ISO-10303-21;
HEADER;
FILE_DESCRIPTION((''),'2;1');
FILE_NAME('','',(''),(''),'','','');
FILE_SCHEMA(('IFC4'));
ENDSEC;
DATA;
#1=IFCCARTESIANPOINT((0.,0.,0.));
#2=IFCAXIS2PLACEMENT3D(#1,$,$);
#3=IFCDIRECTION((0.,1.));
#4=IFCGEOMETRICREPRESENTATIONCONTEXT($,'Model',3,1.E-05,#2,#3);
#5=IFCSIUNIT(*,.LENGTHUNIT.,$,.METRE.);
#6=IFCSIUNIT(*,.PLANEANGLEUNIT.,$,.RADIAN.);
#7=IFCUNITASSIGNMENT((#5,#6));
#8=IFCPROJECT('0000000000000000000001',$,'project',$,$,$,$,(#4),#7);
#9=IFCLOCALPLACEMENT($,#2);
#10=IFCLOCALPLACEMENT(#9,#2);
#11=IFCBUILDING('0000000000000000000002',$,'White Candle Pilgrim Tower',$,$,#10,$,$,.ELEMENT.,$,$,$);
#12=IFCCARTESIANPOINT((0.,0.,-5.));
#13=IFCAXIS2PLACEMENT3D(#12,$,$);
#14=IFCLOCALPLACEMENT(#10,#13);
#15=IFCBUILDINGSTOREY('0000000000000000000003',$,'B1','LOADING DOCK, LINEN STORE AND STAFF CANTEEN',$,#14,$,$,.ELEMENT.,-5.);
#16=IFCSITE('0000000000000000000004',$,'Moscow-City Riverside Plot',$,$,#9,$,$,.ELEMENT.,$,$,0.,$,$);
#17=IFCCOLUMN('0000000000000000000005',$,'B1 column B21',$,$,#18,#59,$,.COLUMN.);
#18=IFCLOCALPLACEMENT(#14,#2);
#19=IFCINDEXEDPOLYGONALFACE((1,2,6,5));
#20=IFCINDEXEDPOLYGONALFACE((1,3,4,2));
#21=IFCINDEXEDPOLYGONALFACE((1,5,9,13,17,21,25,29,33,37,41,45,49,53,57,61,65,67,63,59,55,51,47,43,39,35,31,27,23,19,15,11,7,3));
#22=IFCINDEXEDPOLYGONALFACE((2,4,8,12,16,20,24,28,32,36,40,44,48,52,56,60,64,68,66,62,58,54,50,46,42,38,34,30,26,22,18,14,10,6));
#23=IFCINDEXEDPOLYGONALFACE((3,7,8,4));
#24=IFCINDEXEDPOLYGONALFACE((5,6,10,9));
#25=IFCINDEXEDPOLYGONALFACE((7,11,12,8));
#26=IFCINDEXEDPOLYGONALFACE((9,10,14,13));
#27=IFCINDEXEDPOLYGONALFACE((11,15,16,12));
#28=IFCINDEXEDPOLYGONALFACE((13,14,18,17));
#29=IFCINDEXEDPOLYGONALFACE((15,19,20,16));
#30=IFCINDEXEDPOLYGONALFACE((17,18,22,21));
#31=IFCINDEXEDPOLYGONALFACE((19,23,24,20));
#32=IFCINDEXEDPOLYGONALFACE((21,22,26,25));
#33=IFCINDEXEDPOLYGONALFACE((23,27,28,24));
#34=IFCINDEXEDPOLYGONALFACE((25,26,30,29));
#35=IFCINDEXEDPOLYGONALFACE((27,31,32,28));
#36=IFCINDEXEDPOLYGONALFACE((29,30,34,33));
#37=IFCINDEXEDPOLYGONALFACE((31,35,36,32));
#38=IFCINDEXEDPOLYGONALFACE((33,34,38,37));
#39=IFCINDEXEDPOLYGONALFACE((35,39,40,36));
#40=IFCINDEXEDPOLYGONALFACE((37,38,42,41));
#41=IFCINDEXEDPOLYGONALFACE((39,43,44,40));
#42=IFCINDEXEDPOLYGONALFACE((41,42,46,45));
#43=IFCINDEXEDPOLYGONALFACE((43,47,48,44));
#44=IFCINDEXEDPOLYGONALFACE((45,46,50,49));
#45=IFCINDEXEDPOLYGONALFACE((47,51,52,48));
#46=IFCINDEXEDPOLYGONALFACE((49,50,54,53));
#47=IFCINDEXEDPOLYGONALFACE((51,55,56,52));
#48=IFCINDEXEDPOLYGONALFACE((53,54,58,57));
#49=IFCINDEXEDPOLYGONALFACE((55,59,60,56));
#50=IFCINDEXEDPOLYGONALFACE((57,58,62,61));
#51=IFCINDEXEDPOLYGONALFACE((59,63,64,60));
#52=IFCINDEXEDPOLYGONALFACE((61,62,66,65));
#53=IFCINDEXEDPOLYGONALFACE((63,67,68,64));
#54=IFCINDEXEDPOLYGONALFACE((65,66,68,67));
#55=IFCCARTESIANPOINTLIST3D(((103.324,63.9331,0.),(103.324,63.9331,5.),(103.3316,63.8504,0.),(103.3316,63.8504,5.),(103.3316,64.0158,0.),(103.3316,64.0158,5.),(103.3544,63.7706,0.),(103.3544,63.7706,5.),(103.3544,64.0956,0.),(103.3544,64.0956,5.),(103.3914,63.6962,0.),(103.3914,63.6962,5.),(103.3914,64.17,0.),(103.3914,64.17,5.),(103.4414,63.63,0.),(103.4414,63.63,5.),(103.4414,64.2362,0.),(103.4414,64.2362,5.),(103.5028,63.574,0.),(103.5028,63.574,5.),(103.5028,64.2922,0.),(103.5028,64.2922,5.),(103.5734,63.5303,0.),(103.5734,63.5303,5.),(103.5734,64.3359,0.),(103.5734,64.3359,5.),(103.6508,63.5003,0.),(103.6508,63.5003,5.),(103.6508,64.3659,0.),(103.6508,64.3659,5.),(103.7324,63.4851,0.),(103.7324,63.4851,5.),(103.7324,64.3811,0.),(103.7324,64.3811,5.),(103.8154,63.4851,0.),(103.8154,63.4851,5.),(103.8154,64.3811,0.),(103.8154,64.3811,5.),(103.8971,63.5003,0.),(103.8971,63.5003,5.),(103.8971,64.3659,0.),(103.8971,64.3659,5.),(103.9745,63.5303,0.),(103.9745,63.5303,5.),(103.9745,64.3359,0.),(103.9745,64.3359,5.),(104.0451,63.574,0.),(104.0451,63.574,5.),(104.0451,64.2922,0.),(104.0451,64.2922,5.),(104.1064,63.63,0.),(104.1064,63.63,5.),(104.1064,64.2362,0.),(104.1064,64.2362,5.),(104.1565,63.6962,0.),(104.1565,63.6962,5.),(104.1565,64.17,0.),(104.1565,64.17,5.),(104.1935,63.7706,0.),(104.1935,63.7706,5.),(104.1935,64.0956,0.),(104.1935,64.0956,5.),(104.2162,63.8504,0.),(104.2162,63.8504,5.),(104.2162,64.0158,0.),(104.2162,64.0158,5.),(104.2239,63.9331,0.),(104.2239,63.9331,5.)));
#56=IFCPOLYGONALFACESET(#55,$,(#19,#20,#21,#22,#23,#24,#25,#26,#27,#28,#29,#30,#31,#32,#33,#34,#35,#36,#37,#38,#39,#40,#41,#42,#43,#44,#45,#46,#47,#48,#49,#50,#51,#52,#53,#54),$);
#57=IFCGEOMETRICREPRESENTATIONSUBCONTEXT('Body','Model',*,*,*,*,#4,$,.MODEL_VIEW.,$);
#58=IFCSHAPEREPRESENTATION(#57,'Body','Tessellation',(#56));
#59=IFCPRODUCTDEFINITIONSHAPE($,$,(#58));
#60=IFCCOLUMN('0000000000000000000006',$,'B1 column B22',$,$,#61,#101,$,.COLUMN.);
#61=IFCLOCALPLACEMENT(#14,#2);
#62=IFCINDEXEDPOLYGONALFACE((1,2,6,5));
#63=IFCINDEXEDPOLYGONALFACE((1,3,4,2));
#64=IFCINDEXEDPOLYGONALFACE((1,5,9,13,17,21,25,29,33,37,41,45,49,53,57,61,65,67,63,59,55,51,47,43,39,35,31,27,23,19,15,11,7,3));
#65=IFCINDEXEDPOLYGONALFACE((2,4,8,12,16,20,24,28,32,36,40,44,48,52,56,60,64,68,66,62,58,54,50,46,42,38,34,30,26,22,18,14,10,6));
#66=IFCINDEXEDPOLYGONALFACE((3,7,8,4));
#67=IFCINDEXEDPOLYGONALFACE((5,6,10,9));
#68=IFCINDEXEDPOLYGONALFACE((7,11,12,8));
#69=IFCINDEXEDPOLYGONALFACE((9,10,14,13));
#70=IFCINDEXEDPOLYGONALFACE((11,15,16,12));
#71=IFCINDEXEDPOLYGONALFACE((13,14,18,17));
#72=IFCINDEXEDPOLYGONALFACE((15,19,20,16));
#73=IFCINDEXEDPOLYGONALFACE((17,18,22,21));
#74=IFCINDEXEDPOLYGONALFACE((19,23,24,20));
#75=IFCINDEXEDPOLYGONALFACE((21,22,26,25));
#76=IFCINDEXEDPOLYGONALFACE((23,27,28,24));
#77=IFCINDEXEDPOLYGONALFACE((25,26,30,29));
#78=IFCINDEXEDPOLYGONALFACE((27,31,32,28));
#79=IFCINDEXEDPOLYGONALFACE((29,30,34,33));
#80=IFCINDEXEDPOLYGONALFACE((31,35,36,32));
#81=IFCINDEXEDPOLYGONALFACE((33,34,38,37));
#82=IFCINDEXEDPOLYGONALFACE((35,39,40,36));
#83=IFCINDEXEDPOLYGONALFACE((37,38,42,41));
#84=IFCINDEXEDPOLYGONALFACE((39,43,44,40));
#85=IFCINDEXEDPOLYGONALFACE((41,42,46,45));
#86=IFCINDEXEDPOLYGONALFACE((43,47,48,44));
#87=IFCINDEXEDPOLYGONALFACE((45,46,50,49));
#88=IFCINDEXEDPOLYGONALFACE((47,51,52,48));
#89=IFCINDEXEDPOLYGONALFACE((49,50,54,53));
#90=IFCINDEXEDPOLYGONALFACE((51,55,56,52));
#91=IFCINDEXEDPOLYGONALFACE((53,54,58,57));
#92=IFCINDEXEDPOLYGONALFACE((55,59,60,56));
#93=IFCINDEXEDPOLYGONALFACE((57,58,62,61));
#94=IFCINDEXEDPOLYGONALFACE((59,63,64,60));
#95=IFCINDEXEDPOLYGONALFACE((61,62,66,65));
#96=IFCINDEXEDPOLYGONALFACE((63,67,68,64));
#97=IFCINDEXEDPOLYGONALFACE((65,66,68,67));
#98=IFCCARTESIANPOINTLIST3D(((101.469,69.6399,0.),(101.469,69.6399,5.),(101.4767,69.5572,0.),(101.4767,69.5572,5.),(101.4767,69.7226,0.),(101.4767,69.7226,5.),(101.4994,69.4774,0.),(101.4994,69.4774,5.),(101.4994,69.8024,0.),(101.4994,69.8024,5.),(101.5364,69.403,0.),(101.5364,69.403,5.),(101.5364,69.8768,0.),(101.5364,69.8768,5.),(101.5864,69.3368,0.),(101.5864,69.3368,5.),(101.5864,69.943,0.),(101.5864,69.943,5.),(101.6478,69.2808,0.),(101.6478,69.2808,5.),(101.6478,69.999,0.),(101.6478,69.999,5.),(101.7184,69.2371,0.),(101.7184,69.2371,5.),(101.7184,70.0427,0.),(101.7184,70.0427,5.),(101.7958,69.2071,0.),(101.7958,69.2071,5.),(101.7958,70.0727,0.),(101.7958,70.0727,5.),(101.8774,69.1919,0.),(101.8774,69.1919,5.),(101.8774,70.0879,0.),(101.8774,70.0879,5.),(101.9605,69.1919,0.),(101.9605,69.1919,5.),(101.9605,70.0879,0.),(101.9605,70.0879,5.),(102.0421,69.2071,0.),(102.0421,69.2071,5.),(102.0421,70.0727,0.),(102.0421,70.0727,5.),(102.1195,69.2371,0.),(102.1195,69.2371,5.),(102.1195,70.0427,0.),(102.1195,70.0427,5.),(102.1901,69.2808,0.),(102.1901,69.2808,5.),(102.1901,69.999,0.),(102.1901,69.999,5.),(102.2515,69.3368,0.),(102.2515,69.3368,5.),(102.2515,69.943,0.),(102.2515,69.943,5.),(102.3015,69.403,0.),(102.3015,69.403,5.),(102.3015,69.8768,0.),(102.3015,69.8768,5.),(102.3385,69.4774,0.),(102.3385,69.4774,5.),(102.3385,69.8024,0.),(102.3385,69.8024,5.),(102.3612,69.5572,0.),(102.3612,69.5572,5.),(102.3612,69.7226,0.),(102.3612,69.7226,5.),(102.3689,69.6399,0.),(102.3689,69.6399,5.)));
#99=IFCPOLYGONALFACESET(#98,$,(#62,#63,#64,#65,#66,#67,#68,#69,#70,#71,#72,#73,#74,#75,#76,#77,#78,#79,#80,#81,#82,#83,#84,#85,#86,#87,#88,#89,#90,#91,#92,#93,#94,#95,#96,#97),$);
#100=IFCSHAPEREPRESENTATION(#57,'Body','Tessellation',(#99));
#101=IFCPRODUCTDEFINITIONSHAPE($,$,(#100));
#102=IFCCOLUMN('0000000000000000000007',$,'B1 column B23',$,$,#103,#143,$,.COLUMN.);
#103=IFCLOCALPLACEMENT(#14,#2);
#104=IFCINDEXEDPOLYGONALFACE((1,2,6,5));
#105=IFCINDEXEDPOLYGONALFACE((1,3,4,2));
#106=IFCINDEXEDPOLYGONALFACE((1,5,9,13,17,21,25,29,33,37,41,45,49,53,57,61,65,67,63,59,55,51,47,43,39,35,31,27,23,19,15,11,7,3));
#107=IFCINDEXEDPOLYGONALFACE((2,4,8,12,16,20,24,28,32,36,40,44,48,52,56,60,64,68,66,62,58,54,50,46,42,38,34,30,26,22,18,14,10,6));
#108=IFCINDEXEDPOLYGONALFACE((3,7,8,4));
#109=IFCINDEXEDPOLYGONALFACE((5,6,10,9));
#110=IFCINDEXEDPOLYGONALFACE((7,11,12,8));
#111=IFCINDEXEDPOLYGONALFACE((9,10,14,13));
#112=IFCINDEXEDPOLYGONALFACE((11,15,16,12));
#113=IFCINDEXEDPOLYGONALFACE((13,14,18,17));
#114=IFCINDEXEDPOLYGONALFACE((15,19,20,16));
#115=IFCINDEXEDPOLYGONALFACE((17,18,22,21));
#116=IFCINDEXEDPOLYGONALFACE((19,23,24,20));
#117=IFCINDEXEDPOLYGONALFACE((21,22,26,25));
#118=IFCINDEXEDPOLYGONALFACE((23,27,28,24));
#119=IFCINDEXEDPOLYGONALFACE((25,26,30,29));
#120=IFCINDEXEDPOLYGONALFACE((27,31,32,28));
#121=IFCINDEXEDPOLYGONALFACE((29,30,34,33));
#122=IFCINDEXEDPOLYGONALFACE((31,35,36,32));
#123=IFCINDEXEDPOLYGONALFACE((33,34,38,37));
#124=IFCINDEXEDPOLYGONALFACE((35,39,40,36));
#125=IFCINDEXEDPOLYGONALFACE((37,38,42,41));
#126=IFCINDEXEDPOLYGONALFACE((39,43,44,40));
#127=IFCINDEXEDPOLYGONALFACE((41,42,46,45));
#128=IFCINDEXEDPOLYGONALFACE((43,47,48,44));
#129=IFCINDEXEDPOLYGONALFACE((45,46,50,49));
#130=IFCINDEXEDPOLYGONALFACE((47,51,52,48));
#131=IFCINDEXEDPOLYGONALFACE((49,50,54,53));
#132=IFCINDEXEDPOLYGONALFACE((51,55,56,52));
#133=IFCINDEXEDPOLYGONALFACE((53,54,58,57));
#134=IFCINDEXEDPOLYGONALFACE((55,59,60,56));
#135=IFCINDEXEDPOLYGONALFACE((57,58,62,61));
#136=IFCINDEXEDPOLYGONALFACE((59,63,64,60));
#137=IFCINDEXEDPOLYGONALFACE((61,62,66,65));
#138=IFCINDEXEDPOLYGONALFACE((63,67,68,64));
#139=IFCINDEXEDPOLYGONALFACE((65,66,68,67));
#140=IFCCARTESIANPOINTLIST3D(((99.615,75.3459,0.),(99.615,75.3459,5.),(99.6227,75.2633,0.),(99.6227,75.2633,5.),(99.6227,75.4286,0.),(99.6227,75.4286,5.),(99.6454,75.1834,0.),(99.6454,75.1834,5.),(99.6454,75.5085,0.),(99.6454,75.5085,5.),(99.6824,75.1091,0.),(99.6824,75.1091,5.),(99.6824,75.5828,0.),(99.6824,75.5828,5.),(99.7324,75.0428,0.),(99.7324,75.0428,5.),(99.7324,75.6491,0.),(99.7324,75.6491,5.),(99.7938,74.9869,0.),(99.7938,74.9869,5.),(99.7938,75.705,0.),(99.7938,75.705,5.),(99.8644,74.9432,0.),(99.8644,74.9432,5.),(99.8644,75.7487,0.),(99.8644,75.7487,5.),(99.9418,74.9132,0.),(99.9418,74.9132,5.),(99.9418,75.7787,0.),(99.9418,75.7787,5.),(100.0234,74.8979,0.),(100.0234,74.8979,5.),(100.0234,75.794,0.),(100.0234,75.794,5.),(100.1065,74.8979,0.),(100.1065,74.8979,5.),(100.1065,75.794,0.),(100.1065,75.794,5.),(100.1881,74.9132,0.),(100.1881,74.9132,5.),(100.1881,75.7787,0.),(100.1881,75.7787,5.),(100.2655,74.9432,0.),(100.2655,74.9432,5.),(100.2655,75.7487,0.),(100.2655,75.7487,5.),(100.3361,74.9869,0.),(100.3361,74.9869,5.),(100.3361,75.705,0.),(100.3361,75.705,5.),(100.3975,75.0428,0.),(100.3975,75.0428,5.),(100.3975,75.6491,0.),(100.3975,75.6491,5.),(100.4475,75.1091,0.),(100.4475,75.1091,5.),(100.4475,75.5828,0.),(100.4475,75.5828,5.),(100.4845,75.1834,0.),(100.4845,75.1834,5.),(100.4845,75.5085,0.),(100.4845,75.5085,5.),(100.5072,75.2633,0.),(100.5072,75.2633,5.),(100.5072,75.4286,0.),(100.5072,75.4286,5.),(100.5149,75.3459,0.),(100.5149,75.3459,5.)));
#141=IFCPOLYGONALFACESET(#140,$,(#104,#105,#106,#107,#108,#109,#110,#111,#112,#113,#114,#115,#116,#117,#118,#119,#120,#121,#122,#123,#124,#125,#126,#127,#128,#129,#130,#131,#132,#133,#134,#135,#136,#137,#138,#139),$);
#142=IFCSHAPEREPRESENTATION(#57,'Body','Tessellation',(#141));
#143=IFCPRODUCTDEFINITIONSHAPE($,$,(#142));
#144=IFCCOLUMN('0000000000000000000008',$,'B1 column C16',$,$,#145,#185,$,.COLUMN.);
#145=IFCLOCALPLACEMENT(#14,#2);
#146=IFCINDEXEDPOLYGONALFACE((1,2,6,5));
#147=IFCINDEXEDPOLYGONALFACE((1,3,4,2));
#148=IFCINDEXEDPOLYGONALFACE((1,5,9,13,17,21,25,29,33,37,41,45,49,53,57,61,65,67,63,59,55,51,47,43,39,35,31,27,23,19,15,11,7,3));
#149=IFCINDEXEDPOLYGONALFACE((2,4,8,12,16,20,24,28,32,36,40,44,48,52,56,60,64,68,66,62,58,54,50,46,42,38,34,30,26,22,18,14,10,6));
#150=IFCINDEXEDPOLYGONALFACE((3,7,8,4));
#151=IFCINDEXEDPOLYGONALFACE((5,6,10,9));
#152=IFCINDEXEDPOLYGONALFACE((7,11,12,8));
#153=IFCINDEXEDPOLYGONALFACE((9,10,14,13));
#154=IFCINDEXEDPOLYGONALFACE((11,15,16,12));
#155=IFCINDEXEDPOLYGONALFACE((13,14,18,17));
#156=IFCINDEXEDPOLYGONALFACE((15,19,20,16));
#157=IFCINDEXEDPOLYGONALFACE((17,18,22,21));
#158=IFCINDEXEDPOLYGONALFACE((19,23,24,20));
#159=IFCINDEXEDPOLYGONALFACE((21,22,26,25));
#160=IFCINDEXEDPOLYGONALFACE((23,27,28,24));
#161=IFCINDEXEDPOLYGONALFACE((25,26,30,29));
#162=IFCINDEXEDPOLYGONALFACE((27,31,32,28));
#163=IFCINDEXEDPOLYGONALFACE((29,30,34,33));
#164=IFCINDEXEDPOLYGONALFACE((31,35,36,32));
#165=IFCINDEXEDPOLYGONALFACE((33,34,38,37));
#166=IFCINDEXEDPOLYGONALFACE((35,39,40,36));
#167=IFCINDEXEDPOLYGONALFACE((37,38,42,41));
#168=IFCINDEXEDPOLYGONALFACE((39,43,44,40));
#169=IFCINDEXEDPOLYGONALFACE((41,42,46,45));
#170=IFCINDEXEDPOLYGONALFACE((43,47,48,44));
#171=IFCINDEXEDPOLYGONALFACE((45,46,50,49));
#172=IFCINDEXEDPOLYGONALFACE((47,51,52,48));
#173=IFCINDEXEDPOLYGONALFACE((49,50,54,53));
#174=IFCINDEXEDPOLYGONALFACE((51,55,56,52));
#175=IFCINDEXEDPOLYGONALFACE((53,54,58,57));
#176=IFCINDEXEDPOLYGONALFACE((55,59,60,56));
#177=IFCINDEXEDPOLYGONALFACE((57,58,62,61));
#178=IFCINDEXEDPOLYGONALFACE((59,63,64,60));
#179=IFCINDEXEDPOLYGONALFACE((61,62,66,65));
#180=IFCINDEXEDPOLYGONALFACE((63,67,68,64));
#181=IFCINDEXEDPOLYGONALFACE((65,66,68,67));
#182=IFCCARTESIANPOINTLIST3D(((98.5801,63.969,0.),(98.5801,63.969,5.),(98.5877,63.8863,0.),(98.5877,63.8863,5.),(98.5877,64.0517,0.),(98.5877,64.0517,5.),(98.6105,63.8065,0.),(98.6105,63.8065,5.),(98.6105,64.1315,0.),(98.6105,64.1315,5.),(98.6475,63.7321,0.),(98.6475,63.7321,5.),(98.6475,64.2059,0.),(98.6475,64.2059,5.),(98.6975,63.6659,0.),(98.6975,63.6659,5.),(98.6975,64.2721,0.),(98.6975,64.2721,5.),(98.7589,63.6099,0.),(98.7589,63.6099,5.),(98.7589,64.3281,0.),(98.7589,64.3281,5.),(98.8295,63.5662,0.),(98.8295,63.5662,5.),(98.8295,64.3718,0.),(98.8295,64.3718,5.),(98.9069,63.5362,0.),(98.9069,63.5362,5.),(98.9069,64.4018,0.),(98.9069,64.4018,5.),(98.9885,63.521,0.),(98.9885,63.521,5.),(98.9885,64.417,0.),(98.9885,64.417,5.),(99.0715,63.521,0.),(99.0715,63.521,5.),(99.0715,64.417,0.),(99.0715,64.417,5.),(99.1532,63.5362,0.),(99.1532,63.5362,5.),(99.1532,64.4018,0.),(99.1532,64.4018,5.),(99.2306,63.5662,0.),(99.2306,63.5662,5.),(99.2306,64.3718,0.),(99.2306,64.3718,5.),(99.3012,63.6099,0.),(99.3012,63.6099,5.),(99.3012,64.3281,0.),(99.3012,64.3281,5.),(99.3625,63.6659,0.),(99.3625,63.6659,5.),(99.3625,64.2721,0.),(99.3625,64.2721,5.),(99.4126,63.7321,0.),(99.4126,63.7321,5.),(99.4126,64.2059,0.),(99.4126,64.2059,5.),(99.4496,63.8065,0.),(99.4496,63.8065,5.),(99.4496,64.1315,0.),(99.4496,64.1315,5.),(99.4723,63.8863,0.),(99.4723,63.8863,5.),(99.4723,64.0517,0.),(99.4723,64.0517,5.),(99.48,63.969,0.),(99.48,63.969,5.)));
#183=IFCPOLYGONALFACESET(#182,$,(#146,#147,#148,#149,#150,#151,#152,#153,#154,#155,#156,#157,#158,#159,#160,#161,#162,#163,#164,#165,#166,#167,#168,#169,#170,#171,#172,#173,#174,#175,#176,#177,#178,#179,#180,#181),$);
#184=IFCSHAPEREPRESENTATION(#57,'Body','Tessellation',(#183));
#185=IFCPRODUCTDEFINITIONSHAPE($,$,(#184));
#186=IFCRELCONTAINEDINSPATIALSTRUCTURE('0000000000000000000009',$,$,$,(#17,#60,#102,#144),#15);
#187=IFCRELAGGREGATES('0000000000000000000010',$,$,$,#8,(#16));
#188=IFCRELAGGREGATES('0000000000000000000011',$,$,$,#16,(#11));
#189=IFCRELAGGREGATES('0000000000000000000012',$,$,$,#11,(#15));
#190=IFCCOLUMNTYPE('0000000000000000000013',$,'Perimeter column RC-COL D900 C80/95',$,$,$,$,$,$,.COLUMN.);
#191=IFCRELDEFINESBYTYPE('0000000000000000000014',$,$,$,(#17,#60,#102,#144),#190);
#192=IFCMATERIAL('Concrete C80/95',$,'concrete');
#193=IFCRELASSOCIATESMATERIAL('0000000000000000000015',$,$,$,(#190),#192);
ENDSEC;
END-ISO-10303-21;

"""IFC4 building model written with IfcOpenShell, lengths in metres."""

from ifc_helpers import new_model, si_unit, direction, frame, origin, origin_2d, place, context, subcontext, project, spatial, circle, extrude, material, material_profile, profile_set, type_object, element, save


model = new_model("IFC4")

# Units and contexts
model_context = context("Model", 3, precision=1e-05, world=origin(), true_north=direction((0.0, 1.0)))
body_context = subcontext(model_context, "Body", "Model", "MODEL_VIEW")
ifc_project = project(units=[si_unit("LENGTHUNIT", "METRE"), si_unit("PLANEANGLEUNIT", "RADIAN")], contexts=[model_context])

# Site, building, storey
site_placement = place(None, origin())
site = spatial("IfcSite", under=ifc_project, at=site_placement, Name="Moscow-City Riverside Plot", CompositionType="ELEMENT", RefElevation=0.0)
building_placement = place(site_placement, origin())
building = spatial("IfcBuilding", under=site, at=building_placement, Name="White Candle Pilgrim Tower", CompositionType="ELEMENT")
storey_placement = place(building_placement, frame((0.0, 0.0, -5.0)))
storey = spatial("IfcBuildingStorey", under=building, at=storey_placement, Name="B1", Description="LOADING DOCK, LINEN STORE AND STAFF CANTEEN", CompositionType="ELEMENT", Elevation=-5.0)

# Columns
ifc_material_1 = material(Name="Concrete C80/95", Category="concrete")
ifc_material_profile_1 = material_profile(ifc_material_1, circle(Radius=0.45, at=origin_2d()), Name="RC-COL D900")
ifc_profile_set_1 = profile_set([ifc_material_profile_1], Name="Concrete C80/95")
column_type_1 = type_object("IfcColumnType", Name="Perimeter column RC-COL D900 C80/95", PredefinedType="COLUMN", material=ifc_profile_set_1)
for number, where, z_axis, x_axis, name in (
    (1, (103.7739, 63.9331, 0.0), (0.0, 0.0, 1.0), (1.0, 0.0, 0.0), "B1 column B21"),
    (2, (101.9189, 69.6399, 0.0), (0.0, 0.0, 1.0), (1.0, 0.0, 0.0), "B1 column B22"),
    (3, (100.0649, 75.3459, 0.0), (0.0, 0.0, 1.0), (1.0, 0.0, 0.0), "B1 column B23"),
    (4, (99.03, 63.969, 0.0), (0.0, 0.0, 1.0), (1.0, 0.0, 0.0), "B1 column C16"),
):
    element("IfcColumn", number, at=place(storey_placement, frame(where, z_axis=z_axis, x_axis=x_axis)), inside=storey, type_object=column_type_1, Name=name, PredefinedType="COLUMN", context=body_context, shape_type="SweptSolid", body=[
        extrude(circle(Radius=0.45, at=origin_2d()), origin(), (0.0, 0.0, 1.0), 5.0),
    ])

save(model, "model.ifc")
